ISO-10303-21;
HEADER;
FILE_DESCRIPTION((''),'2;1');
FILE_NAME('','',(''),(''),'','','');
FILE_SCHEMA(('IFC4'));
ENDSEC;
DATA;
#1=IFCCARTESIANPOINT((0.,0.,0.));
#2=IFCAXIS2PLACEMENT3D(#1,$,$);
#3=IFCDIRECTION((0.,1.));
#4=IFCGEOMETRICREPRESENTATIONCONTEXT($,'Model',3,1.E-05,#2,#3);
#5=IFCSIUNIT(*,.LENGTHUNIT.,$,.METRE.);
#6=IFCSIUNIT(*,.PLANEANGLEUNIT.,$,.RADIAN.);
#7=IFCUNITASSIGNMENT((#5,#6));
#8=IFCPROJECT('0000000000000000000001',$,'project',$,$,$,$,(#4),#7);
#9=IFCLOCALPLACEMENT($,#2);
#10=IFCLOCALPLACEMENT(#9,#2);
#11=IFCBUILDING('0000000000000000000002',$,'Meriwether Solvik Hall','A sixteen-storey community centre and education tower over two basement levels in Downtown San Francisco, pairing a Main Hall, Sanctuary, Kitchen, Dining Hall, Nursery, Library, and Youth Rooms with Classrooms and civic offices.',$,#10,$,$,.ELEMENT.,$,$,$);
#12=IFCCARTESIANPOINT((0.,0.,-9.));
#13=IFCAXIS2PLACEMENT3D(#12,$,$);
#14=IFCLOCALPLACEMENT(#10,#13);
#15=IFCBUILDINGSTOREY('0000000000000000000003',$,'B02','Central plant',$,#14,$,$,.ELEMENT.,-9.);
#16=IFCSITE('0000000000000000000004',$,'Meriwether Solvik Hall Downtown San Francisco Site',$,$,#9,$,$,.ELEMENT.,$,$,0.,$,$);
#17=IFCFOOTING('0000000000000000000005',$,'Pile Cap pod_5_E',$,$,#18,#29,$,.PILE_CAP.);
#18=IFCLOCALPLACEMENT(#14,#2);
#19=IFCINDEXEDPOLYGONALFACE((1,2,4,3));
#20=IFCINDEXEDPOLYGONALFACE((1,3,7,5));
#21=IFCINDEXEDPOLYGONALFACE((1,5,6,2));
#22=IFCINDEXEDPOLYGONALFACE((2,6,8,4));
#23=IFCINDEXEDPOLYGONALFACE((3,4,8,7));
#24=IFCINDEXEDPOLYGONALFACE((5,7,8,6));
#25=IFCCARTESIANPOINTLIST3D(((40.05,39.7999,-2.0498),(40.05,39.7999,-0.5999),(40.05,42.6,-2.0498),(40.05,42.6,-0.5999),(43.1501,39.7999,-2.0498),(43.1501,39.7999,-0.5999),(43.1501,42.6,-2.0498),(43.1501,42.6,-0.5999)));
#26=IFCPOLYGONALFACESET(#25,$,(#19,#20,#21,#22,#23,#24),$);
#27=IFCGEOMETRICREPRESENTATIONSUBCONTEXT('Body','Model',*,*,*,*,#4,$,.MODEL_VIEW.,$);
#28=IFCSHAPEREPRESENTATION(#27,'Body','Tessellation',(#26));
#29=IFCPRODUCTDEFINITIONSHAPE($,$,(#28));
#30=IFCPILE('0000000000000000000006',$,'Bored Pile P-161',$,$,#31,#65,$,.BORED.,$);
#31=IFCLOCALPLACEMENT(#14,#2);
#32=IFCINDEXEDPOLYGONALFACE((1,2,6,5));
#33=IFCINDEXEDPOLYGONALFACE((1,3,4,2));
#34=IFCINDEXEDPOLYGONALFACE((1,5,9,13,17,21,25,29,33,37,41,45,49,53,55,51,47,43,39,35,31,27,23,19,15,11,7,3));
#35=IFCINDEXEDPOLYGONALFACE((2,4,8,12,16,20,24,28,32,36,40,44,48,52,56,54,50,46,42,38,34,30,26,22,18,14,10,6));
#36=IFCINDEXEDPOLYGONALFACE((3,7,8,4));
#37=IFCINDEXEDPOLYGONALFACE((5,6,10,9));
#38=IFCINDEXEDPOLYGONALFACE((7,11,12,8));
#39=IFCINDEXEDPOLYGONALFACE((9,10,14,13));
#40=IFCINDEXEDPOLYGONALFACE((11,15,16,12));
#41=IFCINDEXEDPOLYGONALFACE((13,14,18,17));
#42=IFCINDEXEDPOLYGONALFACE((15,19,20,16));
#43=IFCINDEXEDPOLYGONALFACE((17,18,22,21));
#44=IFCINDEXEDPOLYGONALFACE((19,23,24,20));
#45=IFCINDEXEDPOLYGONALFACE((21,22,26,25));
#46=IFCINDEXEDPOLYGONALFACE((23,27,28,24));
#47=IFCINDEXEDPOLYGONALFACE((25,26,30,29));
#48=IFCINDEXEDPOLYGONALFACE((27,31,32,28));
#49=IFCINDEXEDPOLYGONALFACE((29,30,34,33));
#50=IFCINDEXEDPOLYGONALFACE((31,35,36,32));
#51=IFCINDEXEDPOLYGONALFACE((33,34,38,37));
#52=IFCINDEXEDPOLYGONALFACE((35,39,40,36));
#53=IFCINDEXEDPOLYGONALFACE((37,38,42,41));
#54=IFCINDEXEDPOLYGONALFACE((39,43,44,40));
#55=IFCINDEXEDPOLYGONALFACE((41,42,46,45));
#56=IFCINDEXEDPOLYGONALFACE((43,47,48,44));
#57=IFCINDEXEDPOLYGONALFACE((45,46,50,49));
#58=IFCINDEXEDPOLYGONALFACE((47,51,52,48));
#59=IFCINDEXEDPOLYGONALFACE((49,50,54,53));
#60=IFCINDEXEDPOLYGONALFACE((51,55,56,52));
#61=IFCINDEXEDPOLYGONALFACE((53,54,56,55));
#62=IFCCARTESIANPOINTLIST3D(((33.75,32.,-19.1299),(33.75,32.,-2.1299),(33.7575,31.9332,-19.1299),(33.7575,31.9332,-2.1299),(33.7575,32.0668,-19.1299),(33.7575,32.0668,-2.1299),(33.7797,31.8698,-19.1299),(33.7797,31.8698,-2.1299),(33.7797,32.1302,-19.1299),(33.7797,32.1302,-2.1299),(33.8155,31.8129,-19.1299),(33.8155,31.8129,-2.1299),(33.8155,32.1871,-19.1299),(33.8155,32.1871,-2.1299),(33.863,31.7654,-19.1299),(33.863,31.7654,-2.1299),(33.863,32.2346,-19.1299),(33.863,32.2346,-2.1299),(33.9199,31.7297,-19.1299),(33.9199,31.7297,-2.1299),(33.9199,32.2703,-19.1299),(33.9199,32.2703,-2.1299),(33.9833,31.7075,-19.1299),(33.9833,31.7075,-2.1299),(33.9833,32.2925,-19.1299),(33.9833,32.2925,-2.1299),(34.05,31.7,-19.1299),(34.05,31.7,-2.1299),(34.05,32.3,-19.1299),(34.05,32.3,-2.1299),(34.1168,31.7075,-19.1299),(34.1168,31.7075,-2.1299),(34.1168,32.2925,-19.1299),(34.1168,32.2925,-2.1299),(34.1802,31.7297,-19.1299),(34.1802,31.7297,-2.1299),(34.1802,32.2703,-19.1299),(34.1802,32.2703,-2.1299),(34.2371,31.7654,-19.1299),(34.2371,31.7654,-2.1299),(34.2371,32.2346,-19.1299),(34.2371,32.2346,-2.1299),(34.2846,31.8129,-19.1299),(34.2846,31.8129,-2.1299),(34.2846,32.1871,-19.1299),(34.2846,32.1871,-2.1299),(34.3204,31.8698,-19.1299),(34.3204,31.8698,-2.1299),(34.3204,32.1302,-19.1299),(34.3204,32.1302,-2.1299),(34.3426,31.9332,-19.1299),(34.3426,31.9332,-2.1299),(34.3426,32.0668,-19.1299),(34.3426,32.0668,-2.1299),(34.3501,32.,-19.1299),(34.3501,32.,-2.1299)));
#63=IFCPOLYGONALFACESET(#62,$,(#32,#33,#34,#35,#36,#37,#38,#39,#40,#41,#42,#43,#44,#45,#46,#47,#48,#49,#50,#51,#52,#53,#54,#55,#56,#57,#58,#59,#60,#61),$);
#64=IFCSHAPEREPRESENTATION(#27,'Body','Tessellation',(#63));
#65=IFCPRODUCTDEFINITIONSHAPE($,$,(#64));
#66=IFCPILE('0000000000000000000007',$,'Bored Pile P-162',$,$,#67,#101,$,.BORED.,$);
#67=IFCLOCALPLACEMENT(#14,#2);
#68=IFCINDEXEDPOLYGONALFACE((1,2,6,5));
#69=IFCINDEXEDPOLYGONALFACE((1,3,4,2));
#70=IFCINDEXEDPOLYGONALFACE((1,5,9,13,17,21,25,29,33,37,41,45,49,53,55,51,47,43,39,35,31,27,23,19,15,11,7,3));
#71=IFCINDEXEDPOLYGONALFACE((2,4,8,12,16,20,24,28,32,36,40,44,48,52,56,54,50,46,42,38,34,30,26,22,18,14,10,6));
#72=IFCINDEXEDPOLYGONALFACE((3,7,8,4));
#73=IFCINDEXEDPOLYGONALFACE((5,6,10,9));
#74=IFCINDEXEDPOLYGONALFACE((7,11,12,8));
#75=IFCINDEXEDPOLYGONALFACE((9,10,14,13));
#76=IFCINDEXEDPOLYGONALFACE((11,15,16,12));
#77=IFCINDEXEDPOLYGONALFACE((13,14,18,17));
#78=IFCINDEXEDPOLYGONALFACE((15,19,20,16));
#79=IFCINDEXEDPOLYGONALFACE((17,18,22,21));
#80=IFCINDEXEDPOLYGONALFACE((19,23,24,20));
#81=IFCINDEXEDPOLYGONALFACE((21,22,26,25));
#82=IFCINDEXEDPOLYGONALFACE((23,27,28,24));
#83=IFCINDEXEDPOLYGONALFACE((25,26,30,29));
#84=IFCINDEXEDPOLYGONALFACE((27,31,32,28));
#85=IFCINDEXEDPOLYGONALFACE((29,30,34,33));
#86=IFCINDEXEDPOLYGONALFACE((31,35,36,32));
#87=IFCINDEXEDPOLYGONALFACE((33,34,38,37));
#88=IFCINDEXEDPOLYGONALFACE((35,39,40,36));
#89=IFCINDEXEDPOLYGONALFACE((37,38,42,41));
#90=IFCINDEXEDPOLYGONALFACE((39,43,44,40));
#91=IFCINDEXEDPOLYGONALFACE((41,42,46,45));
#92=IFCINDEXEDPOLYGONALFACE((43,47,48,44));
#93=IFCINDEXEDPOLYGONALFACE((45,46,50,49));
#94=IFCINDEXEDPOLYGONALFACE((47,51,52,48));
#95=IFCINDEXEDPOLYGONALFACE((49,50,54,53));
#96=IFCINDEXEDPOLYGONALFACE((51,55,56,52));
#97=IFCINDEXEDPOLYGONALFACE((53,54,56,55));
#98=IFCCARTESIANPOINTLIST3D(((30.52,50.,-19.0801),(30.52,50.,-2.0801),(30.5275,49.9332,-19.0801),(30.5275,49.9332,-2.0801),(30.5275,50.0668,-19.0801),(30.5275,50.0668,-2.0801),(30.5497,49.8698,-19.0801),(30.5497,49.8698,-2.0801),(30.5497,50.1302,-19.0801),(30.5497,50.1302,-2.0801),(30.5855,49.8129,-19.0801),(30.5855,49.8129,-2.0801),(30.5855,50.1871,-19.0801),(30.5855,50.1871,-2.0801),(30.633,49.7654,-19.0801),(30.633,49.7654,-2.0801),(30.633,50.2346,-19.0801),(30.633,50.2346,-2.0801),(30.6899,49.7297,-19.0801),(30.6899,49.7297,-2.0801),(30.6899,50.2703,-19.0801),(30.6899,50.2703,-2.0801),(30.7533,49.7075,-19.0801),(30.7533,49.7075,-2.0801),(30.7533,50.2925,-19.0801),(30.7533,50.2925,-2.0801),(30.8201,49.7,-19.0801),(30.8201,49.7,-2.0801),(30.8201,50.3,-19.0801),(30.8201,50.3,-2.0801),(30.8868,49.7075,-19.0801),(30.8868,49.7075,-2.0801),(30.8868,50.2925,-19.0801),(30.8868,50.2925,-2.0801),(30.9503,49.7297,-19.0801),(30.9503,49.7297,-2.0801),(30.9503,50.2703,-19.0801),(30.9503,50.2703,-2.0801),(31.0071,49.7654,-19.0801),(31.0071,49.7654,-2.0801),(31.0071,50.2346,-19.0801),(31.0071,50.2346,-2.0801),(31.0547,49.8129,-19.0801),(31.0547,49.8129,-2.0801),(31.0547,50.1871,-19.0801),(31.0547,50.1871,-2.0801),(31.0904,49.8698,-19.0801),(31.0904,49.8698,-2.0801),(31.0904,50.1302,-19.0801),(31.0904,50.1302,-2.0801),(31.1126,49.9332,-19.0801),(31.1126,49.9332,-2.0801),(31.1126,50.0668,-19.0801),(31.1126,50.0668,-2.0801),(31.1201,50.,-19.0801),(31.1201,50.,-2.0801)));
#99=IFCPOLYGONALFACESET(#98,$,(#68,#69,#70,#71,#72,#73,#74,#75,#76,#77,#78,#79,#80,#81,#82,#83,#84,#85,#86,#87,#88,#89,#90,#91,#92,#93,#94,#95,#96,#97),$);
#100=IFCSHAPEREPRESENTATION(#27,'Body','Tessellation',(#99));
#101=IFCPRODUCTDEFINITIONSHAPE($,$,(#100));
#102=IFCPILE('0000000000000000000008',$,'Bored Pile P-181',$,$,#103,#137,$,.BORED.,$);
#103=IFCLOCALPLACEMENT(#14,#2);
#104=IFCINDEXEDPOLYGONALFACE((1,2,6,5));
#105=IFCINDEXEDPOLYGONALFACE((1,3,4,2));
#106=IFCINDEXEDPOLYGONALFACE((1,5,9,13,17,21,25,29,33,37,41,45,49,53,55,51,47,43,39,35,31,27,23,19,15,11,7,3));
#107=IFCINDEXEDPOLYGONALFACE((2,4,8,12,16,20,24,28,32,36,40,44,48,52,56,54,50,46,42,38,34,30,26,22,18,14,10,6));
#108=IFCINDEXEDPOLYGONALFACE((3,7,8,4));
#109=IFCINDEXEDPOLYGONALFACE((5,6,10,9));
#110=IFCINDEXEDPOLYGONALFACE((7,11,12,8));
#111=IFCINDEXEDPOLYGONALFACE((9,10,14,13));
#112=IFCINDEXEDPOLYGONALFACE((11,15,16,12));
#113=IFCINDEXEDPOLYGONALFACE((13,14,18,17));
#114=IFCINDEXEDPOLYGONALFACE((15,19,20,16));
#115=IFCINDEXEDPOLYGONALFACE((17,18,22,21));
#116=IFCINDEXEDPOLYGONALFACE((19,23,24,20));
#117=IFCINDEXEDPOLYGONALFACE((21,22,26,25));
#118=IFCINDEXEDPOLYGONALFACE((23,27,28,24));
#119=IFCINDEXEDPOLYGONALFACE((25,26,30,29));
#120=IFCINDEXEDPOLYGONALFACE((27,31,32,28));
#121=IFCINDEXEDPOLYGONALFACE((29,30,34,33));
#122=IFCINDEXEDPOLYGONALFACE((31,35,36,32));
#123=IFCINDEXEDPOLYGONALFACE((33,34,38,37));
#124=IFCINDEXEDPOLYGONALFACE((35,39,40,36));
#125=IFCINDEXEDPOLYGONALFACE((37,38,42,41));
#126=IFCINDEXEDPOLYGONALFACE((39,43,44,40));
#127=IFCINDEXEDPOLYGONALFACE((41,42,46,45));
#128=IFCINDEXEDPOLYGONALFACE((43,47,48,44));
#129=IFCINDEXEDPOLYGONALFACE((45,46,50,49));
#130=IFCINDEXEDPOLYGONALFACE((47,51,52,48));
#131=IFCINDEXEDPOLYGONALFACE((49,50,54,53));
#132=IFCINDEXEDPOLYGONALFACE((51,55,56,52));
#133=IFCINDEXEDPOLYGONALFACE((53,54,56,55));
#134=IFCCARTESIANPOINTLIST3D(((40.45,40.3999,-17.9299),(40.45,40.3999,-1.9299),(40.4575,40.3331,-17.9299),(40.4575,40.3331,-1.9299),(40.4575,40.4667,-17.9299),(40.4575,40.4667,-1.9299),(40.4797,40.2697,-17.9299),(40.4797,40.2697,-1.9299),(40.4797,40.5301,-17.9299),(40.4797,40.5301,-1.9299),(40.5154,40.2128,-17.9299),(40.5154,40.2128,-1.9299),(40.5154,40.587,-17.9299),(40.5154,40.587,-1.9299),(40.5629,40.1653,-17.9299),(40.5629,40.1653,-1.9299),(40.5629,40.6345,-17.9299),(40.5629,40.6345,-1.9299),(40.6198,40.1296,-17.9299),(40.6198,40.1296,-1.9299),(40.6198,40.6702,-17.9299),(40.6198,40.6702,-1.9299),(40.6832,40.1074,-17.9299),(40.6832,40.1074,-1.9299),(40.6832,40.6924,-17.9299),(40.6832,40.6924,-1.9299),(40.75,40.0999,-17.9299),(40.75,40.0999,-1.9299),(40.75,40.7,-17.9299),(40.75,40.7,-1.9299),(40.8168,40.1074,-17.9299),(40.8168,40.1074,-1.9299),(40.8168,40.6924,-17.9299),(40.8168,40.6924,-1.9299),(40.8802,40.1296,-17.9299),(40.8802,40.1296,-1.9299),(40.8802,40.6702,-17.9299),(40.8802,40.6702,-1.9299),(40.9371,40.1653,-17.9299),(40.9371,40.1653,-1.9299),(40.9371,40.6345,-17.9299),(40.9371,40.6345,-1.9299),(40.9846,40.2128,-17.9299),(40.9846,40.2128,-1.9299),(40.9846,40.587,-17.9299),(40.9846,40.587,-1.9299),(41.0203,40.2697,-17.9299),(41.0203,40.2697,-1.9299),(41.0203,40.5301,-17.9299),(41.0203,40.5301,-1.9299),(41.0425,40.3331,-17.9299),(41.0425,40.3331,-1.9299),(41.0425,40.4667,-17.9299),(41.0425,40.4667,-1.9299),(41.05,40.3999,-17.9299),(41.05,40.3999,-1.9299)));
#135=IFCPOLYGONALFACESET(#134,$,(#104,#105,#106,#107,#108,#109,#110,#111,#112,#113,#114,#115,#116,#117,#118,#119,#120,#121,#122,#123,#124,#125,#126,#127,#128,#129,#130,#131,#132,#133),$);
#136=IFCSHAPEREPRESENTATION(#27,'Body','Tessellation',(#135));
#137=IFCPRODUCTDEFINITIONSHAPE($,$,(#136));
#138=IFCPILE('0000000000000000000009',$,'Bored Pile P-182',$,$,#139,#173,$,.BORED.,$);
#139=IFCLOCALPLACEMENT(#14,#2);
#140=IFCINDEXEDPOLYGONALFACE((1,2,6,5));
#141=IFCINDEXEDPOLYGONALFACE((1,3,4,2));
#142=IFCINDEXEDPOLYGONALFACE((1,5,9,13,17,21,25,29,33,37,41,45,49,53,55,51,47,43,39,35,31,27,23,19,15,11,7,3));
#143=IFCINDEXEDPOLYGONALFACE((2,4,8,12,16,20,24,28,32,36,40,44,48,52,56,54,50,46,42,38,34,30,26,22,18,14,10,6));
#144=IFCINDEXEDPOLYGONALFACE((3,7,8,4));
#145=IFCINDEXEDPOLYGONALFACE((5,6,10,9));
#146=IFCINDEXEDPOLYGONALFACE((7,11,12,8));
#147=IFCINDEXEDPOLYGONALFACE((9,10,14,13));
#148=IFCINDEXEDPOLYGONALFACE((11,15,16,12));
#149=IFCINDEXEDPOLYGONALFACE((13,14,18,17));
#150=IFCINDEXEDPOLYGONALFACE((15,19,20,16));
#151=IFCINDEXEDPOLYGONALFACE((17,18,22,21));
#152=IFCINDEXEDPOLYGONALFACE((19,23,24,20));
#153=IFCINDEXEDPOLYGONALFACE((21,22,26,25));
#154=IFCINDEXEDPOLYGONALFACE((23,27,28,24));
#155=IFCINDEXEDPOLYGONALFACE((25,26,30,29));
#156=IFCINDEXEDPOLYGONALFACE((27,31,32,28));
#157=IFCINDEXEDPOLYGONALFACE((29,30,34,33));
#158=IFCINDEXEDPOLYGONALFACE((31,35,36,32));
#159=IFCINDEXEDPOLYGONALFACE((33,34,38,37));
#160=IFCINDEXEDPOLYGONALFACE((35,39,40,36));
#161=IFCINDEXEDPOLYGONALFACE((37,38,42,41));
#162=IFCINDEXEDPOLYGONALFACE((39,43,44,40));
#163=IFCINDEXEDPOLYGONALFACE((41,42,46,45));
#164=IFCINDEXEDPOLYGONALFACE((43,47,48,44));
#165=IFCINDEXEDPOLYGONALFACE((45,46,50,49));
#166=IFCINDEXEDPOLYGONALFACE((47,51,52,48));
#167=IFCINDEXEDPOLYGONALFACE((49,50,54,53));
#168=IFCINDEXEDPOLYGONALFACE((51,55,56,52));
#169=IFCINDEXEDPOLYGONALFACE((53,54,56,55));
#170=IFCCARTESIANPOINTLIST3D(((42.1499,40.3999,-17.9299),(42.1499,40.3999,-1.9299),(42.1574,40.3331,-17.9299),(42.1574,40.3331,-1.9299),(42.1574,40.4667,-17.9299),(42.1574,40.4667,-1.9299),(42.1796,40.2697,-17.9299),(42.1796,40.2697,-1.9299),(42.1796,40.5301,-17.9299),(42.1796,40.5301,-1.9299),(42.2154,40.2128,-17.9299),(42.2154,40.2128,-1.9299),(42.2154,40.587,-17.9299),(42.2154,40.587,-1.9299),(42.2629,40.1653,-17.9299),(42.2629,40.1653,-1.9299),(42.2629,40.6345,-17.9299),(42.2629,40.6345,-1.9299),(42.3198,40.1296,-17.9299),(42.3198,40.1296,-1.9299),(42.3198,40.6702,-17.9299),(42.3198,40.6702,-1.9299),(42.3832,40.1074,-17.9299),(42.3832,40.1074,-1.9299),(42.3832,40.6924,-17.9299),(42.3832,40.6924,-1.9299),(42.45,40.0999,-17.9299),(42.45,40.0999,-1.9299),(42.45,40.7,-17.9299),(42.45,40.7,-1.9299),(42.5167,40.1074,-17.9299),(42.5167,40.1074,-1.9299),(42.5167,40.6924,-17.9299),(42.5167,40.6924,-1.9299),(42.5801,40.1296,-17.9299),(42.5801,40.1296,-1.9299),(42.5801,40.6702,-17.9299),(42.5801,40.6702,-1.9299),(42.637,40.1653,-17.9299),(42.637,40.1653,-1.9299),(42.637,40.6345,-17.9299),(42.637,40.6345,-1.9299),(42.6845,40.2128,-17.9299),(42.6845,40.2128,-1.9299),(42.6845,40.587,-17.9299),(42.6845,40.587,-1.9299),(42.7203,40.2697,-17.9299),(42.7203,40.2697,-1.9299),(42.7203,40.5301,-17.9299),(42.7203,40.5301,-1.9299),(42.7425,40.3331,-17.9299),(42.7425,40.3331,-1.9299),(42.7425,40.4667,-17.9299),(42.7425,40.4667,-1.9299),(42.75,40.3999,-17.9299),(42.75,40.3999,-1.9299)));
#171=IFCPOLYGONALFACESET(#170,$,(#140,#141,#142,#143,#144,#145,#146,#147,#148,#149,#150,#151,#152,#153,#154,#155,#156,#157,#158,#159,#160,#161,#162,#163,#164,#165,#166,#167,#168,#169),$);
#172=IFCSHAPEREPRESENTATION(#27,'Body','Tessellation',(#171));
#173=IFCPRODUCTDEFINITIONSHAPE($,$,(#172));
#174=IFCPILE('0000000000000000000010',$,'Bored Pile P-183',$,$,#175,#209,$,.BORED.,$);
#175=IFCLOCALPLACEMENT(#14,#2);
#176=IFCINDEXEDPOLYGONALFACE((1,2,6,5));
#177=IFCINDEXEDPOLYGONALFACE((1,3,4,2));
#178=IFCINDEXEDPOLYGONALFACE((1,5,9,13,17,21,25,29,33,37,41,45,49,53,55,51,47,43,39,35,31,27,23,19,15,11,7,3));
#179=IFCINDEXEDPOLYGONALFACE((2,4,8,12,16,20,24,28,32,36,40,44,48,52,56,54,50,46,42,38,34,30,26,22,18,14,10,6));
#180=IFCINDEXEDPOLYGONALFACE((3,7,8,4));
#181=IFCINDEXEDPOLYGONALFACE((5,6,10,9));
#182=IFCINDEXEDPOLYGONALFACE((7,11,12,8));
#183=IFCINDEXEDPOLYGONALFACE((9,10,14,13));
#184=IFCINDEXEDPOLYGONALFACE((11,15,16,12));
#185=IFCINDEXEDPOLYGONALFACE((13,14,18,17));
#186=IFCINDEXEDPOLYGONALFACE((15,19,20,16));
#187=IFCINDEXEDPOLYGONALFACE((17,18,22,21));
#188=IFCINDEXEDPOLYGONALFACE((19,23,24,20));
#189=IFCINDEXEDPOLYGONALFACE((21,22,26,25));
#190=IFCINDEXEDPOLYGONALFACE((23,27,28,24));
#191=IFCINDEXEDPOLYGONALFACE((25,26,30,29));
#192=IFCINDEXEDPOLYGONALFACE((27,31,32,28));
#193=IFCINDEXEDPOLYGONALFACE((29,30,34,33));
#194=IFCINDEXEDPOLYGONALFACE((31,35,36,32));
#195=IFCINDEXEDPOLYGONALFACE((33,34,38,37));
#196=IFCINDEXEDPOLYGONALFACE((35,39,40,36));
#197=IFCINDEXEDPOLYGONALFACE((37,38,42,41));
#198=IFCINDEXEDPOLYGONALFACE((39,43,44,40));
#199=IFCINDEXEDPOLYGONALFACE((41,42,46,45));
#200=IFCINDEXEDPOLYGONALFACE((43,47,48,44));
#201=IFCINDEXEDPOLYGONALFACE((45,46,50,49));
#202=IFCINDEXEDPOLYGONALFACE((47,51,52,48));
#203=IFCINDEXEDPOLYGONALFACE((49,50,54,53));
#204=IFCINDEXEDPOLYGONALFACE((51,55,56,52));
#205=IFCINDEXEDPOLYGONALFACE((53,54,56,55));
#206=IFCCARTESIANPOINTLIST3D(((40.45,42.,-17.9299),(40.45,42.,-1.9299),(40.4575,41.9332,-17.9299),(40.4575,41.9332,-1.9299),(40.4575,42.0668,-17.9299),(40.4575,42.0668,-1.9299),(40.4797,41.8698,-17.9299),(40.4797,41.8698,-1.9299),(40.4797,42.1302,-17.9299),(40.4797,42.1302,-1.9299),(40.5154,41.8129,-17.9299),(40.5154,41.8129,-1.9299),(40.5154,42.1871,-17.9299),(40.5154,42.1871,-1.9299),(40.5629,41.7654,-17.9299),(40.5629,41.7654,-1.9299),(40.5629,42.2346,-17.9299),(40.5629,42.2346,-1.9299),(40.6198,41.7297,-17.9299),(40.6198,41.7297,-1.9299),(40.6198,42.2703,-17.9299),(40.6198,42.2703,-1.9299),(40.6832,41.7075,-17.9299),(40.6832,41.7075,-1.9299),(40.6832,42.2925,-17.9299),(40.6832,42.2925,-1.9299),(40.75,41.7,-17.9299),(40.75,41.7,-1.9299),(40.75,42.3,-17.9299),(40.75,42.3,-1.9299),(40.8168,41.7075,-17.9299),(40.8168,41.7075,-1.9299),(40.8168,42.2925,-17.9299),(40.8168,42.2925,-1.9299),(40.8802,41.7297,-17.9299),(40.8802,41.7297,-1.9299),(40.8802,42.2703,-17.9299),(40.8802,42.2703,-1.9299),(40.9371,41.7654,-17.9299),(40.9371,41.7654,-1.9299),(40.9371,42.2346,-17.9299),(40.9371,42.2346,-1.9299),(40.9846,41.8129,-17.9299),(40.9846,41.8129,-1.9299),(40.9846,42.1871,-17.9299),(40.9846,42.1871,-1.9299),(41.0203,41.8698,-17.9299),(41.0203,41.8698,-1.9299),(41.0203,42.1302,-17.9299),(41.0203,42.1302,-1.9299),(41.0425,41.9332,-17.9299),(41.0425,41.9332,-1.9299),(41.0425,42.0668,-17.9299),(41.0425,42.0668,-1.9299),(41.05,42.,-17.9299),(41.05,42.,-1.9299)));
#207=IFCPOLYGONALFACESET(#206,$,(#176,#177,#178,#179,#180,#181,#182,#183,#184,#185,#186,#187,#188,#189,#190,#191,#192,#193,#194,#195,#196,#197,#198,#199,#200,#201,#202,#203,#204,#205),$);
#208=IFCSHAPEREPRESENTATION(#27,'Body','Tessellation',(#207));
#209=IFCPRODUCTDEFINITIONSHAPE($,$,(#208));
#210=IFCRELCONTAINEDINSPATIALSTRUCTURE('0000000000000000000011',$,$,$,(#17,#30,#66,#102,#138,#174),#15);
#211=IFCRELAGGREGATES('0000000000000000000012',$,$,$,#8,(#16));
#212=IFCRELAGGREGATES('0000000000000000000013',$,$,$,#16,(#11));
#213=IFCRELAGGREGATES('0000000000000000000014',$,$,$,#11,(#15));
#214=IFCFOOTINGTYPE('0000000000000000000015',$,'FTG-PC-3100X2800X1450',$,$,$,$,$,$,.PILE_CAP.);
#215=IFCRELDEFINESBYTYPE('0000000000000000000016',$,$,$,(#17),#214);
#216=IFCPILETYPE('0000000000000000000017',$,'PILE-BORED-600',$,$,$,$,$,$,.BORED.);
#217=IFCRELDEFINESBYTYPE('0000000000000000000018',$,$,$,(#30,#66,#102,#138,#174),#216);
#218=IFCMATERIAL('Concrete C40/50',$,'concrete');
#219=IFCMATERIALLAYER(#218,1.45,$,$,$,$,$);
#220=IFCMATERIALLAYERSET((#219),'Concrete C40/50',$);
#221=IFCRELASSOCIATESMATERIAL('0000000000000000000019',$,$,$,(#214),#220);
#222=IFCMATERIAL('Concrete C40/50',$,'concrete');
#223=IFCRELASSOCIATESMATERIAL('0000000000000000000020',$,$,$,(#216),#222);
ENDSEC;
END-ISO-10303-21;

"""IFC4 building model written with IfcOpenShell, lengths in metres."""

from ifc_helpers import new_model, si_unit, direction, frame, origin, origin_2d, place, context, subcontext, project, spatial, rectangle, circle, extrude, material, layer, layer_set, material_profile, profile_set, type_object, element, save


model = new_model("IFC4")

# Units and contexts
model_context = context("Model", 3, precision=1e-05, world=origin(), true_north=direction((0.0, 1.0)))
body_context = subcontext(model_context, "Body", "Model", "MODEL_VIEW")
ifc_project = project(units=[si_unit("LENGTHUNIT", "METRE"), si_unit("PLANEANGLEUNIT", "RADIAN")], contexts=[model_context])

# Site, building, storey
site_placement = place(None, origin())
site = spatial("IfcSite", under=ifc_project, at=site_placement, Name="Meriwether Solvik Hall Downtown San Francisco Site", CompositionType="ELEMENT", RefElevation=0.0)
building_placement = place(site_placement, origin())
building = spatial("IfcBuilding", under=site, at=building_placement, Name="Meriwether Solvik Hall", Description="A sixteen-storey community centre and education tower over two basement levels in Downtown San Francisco, pairing a Main Hall, Sanctuary, Kitchen, Dining Hall, Nursery, Library, and Youth Rooms with Classrooms and civic offices.", CompositionType="ELEMENT")
storey_placement = place(building_placement, frame((0.0, 0.0, -9.0)))
storey = spatial("IfcBuildingStorey", under=building, at=storey_placement, Name="B02", Description="Central plant", CompositionType="ELEMENT", Elevation=-9.0)

# Footing
ifc_material_1 = material(Name="Concrete C40/50", Category="concrete")
ifc_layer_1 = layer(ifc_material_1, 1.45)
ifc_layer_set_1 = layer_set([ifc_layer_1], Name="Concrete C40/50")
footing_type = type_object("IfcFootingType", Name="FTG-PC-3100X2800X1450", PredefinedType="PILE_CAP", material=ifc_layer_set_1)
footing_placement = place(storey_placement, frame((41.6001, 41.2, -2.0498), z_axis=(0.0, 0.0, 1.0), x_axis=(1.0, 0.0, 0.0)))
element("IfcFooting", 1, at=footing_placement, inside=storey, type_object=footing_type, Name="Pile Cap pod_5_E", PredefinedType="PILE_CAP", context=body_context, shape_type="SweptSolid", body=[
    extrude(rectangle(XDim=3.1001, YDim=2.8, at=origin_2d()), origin(), (0.0, 0.0, 1.0), 1.45),
])

# Piles
ifc_material_2 = material(Name="Concrete C40/50", Category="concrete")
ifc_material_profile_1 = material_profile(ifc_material_2, circle(Radius=0.3, at=origin_2d()), Name="PILE-D600")
ifc_profile_set_1 = profile_set([ifc_material_profile_1], Name="Concrete C40/50")
pile_type_1 = type_object("IfcPileType", Name="PILE-BORED-600", PredefinedType="BORED", material=ifc_profile_set_1)
for number, where, z_axis, x_axis, name in (
    (2, (34.05, 32.0, -2.1299), (0.0, 0.0, -1.0), (1.0, 0.0, 0.0), "Bored Pile P-161"),
    (3, (30.8201, 50.0, -2.0801), (0.0, 0.0, -1.0), (1.0, 0.0, 0.0), "Bored Pile P-162"),
):
    element("IfcPile", number, at=place(storey_placement, frame(where, z_axis=z_axis, x_axis=x_axis)), inside=storey, type_object=pile_type_1, Name=name, PredefinedType="BORED", context=body_context, shape_type="SweptSolid", body=[
        extrude(circle(Radius=0.3, at=origin_2d()), origin(), (0.0, 0.0, 1.0), 17.0),
    ])
for number, where, z_axis, x_axis, name in (
    (4, (40.75, 40.3999, -1.9299), (0.0, 0.0, -1.0), (1.0, 0.0, 0.0), "Bored Pile P-181"),
    (5, (42.45, 40.3999, -1.9299), (0.0, 0.0, -1.0), (1.0, 0.0, 0.0), "Bored Pile P-182"),
    (6, (40.75, 42.0, -1.9299), (0.0, 0.0, -1.0), (1.0, 0.0, 0.0), "Bored Pile P-183"),
):
    element("IfcPile", number, at=place(storey_placement, frame(where, z_axis=z_axis, x_axis=x_axis)), inside=storey, type_object=pile_type_1, Name=name, PredefinedType="BORED", context=body_context, shape_type="SweptSolid", body=[
        extrude(circle(Radius=0.3, at=origin_2d()), origin(), (0.0, 0.0, 1.0), 16.0),
    ])

save(model, "model.ifc")
